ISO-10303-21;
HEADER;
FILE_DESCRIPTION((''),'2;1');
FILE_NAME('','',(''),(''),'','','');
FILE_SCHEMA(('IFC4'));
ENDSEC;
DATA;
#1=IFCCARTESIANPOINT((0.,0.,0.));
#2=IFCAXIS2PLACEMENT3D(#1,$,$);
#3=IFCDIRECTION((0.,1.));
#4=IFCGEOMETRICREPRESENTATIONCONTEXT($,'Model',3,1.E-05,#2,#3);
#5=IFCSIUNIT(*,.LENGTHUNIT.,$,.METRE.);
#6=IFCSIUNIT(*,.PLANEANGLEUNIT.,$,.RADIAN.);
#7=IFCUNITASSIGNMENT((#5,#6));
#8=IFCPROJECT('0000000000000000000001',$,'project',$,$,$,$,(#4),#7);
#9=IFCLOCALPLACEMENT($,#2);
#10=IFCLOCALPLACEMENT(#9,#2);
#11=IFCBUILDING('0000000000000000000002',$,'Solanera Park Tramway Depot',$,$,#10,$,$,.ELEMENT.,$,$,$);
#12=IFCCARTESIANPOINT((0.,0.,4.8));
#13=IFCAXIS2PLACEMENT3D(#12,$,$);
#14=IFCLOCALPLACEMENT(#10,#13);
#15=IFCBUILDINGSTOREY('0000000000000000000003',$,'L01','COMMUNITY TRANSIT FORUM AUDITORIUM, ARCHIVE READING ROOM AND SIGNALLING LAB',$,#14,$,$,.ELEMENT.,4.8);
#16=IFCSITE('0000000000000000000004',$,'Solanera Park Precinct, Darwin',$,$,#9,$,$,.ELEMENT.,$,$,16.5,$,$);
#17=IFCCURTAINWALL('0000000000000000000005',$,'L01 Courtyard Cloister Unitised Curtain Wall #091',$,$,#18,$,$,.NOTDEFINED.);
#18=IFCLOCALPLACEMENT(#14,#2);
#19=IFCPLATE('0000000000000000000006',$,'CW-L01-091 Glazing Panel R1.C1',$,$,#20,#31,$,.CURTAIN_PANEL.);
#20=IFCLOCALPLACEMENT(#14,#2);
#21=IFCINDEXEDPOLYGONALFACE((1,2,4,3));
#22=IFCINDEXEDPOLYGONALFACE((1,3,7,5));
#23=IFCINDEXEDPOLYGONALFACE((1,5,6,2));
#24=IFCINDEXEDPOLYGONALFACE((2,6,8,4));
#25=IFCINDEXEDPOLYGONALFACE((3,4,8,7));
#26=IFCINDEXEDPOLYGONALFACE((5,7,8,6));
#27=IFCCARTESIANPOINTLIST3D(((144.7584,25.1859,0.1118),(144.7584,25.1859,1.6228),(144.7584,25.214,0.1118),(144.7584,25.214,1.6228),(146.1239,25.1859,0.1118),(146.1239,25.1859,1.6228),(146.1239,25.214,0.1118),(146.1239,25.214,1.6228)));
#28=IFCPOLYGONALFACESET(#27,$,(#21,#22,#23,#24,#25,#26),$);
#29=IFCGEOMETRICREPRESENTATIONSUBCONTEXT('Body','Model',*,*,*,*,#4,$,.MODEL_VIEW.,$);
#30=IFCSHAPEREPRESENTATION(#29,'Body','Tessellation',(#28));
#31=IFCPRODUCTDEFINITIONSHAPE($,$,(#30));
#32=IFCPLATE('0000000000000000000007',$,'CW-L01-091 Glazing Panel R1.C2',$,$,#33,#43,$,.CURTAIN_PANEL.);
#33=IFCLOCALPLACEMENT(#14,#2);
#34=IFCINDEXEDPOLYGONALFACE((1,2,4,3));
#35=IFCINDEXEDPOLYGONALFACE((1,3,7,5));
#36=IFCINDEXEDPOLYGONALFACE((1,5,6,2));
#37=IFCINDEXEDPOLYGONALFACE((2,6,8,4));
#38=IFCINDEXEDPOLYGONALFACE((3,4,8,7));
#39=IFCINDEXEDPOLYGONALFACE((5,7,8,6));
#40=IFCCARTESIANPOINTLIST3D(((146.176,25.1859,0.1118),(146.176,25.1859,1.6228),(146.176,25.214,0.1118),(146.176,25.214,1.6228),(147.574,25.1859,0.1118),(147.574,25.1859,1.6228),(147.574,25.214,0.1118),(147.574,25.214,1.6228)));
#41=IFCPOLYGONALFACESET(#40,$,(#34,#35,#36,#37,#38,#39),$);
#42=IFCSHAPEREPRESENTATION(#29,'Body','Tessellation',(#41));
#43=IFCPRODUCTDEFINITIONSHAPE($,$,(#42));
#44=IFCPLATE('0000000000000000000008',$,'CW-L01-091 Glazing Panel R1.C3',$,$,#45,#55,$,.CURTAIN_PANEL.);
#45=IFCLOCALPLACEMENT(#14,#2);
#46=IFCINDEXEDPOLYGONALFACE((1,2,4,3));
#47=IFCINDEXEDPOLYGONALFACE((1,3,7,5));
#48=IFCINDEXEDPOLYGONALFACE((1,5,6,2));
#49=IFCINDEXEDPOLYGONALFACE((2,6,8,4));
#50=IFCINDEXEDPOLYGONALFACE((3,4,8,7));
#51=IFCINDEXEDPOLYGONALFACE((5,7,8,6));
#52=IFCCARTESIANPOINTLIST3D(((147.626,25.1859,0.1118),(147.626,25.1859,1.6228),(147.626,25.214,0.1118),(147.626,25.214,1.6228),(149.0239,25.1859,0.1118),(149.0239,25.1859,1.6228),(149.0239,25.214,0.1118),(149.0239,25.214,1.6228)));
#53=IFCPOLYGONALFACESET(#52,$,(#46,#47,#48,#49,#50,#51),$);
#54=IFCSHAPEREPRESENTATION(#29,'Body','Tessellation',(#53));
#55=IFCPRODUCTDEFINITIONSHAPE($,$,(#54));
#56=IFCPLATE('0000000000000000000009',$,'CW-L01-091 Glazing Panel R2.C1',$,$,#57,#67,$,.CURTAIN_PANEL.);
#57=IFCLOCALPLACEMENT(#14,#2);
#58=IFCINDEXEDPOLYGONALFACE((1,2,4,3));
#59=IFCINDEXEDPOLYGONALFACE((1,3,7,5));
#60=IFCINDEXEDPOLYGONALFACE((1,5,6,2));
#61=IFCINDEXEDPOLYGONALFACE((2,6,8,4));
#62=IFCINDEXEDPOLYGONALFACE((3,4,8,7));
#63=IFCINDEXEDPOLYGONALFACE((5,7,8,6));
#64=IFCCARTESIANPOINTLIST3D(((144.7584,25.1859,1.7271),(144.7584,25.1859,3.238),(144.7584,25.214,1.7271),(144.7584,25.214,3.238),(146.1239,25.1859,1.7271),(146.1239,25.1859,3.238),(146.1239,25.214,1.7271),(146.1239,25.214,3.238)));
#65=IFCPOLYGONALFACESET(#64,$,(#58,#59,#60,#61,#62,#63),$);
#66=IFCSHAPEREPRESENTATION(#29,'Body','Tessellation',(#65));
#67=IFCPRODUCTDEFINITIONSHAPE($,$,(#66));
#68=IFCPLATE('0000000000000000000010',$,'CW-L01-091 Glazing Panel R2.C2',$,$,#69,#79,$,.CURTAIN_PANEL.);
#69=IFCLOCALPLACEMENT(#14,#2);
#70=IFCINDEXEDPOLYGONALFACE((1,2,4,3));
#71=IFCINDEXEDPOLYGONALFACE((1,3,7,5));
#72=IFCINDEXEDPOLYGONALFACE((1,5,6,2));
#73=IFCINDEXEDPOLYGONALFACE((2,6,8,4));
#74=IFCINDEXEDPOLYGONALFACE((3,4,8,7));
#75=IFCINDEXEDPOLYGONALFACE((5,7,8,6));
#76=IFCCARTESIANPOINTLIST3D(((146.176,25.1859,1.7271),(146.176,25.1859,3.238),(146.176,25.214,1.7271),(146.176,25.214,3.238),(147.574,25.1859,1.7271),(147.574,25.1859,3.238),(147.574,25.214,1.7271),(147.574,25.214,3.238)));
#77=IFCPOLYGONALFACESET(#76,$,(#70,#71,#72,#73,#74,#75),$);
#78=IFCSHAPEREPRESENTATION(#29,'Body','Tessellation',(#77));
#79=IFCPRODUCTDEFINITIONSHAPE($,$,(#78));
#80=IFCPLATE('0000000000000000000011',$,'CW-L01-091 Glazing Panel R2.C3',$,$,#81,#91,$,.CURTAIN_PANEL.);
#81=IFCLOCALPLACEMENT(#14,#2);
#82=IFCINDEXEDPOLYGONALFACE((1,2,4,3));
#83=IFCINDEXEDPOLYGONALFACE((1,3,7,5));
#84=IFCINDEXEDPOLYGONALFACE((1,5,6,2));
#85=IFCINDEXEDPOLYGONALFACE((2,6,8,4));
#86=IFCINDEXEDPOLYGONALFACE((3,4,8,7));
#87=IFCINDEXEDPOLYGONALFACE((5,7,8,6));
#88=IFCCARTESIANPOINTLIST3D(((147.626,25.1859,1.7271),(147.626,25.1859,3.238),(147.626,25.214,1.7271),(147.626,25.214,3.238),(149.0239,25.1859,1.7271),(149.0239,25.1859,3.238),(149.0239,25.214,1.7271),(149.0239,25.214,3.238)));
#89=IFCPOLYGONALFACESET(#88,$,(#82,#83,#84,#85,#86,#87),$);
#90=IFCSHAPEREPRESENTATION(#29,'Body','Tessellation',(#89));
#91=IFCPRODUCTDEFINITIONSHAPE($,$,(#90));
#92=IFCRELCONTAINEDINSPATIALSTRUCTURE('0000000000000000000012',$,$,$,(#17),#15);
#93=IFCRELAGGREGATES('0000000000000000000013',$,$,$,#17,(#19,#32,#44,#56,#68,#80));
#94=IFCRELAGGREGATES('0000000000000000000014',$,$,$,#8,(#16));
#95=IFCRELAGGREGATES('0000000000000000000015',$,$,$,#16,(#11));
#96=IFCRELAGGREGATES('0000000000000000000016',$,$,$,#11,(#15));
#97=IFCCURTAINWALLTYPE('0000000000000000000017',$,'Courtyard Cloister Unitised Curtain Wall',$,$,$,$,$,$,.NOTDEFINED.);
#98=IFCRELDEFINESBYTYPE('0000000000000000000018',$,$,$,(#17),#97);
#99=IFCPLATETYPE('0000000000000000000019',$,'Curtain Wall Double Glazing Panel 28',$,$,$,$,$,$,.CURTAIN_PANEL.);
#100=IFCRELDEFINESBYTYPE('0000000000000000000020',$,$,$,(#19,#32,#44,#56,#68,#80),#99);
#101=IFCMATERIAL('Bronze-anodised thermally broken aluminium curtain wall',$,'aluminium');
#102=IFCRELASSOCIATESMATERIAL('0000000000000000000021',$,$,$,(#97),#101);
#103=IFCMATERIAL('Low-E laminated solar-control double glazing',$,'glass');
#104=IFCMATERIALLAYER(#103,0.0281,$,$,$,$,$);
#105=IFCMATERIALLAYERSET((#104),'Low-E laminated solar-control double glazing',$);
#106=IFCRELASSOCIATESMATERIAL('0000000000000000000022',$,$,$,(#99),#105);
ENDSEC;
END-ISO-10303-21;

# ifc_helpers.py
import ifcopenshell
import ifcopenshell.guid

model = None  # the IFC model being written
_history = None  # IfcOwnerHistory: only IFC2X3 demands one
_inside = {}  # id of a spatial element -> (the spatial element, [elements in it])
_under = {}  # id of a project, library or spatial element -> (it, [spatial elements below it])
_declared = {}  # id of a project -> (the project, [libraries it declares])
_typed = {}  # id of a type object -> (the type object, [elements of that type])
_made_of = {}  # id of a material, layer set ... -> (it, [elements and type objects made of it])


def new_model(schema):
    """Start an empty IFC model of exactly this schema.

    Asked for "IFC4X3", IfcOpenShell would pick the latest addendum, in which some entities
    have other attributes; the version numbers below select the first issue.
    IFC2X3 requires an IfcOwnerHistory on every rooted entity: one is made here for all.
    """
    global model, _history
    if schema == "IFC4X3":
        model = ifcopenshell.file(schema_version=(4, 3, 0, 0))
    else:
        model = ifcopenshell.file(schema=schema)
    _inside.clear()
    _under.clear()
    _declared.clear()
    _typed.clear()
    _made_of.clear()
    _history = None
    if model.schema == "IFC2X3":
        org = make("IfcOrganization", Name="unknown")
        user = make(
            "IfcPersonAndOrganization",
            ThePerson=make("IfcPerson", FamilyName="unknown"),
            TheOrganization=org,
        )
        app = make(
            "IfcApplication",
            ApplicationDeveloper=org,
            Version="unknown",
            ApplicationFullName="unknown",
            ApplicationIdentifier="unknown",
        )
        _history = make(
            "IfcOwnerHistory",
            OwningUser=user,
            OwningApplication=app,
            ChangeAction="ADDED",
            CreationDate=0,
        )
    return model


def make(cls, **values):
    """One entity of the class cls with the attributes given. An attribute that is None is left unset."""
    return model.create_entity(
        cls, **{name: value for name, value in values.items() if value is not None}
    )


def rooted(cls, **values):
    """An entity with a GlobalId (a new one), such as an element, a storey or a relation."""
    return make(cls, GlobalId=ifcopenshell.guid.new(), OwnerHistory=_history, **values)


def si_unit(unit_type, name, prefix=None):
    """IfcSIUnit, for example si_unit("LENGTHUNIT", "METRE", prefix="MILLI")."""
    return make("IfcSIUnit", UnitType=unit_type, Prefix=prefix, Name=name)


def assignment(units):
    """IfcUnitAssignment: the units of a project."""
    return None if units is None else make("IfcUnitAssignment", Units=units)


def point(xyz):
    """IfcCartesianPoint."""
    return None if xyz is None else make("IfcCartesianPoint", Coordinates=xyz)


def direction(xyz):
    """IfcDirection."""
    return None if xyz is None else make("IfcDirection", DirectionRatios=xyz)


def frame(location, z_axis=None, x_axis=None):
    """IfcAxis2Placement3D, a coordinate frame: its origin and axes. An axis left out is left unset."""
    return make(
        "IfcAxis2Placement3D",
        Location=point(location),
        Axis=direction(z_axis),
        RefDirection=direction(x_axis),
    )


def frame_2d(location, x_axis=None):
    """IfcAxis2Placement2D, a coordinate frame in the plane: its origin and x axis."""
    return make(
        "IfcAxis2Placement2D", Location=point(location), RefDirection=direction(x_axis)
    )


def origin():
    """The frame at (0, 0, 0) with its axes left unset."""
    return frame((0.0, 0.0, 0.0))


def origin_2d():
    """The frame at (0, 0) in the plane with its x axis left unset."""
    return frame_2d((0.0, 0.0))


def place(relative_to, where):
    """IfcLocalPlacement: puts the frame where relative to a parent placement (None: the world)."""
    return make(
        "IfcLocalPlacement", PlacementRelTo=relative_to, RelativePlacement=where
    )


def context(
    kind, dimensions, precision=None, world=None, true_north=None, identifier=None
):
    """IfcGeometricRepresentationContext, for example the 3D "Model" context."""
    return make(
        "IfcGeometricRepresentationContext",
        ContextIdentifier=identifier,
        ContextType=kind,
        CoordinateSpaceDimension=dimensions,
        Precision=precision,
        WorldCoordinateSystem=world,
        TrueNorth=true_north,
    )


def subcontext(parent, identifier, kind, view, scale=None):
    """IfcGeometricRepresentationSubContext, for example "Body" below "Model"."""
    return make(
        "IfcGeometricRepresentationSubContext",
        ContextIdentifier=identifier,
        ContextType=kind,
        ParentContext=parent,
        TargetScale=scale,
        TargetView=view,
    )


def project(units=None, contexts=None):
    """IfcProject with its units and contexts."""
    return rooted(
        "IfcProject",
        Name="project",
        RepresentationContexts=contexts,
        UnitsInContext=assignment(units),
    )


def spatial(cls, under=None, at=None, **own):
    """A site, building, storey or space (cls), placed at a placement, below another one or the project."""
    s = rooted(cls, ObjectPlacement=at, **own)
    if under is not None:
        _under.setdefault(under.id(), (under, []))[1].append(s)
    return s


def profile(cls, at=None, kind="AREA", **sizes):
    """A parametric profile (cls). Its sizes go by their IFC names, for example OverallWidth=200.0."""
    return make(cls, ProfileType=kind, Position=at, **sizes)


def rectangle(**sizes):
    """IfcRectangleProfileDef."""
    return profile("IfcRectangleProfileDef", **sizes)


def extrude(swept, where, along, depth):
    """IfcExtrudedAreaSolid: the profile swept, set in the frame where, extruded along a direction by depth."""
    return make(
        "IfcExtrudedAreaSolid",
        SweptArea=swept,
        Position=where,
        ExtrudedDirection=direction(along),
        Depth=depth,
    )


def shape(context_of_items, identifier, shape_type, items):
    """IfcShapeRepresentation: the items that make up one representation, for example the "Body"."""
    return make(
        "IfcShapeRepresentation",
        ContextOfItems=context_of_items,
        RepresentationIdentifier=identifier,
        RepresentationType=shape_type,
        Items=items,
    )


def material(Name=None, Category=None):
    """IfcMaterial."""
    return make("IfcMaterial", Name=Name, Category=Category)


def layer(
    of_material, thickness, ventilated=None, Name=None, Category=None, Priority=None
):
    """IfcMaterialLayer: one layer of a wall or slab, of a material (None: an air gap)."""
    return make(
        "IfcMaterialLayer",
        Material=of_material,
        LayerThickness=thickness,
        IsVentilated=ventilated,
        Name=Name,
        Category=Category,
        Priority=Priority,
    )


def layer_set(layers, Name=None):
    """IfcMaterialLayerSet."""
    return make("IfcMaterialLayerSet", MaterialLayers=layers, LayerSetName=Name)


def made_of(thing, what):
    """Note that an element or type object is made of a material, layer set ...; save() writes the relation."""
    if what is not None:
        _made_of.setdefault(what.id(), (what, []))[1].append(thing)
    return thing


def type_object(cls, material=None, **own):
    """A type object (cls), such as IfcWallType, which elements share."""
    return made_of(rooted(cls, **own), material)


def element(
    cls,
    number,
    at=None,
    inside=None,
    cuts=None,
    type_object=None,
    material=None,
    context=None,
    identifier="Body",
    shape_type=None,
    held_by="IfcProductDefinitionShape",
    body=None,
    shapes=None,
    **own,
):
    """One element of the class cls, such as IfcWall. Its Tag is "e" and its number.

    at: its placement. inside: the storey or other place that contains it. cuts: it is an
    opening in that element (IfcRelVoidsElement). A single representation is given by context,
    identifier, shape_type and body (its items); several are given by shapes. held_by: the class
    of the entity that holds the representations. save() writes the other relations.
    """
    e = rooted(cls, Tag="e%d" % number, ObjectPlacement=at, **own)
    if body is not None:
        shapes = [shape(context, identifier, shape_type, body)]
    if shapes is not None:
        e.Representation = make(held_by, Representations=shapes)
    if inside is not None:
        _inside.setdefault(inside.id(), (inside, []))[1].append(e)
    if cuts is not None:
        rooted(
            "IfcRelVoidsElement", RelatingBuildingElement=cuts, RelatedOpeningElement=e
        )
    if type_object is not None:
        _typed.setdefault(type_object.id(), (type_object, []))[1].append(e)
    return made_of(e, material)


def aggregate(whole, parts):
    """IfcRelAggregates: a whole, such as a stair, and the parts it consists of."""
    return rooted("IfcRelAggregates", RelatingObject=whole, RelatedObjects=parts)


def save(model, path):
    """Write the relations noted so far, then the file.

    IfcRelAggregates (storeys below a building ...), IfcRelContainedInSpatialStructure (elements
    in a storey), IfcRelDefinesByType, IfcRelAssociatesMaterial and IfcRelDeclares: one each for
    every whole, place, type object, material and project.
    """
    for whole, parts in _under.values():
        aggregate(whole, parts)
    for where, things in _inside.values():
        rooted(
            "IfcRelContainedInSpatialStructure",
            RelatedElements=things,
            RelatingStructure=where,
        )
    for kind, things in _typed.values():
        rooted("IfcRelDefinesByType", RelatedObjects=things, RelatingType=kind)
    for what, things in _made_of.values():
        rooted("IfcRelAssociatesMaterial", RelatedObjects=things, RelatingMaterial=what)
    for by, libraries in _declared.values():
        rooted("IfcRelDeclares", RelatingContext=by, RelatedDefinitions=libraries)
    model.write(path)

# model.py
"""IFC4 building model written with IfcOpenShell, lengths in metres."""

from ifc_helpers import new_model, si_unit, direction, frame, origin, origin_2d, place, context, subcontext, project, spatial, rectangle, extrude, material, layer, layer_set, type_object, element, aggregate, save


model = new_model("IFC4")

# Units and contexts
model_context = context("Model", 3, precision=1e-05, world=origin(), true_north=direction((0.0, 1.0)))
body_context = subcontext(model_context, "Body", "Model", "MODEL_VIEW")
ifc_project = project(units=[si_unit("LENGTHUNIT", "METRE"), si_unit("PLANEANGLEUNIT", "RADIAN")], contexts=[model_context])

# Site, building, storey
site_placement = place(None, origin())
site = spatial("IfcSite", under=ifc_project, at=site_placement, Name="Solanera Park Precinct, Darwin", CompositionType="ELEMENT", RefElevation=16.5)
building_placement = place(site_placement, origin())
building = spatial("IfcBuilding", under=site, at=building_placement, Name="Solanera Park Tramway Depot", CompositionType="ELEMENT")
storey_placement = place(building_placement, frame((0.0, 0.0, 4.8)))
storey = spatial("IfcBuildingStorey", under=building, at=storey_placement, Name="L01", Description="COMMUNITY TRANSIT FORUM AUDITORIUM, ARCHIVE READING ROOM AND SIGNALLING LAB", CompositionType="ELEMENT", Elevation=4.8)

# Curtain wall
ifc_material_1 = material(Name="Bronze-anodised thermally broken aluminium curtain wall", Category="aluminium")
curtain_wall_type = type_object("IfcCurtainWallType", Name="Courtyard Cloister Unitised Curtain Wall", PredefinedType="NOTDEFINED", material=ifc_material_1)
curtain_wall_1_placement = place(storey_placement, origin())
curtain_wall_1 = element("IfcCurtainWall", 1, at=curtain_wall_1_placement, inside=storey, type_object=curtain_wall_type, Name="L01 Courtyard Cloister Unitised Curtain Wall #091", PredefinedType="NOTDEFINED")

# Plates
ifc_material_2 = material(Name="Low-E laminated solar-control double glazing", Category="glass")
ifc_layer = layer(ifc_material_2, 0.0281)
ifc_layer_set = layer_set([ifc_layer], Name="Low-E laminated solar-control double glazing")
plate_type = type_object("IfcPlateType", Name="Curtain Wall Double Glazing Panel 28", PredefinedType="CURTAIN_PANEL", material=ifc_layer_set)
plate_1_placement = place(storey_placement, frame((145.4412, 25.2, 0.1118), z_axis=(0.0, 0.0, 1.0), x_axis=(1.0, 0.0, 0.0)))
plate_1 = element("IfcPlate", 2, at=plate_1_placement, type_object=plate_type, Name="CW-L01-091 Glazing Panel R1.C1", PredefinedType="CURTAIN_PANEL", context=body_context, shape_type="SweptSolid", body=[
    extrude(rectangle(XDim=1.3655, YDim=0.0281, at=origin_2d()), origin(), (0.0, 0.0, 1.0), 1.511),
])
plate_2_placement = place(storey_placement, frame((146.875, 25.2, 0.1118), z_axis=(0.0, 0.0, 1.0), x_axis=(1.0, 0.0, 0.0)))
plate_2 = element("IfcPlate", 3, at=plate_2_placement, type_object=plate_type, Name="CW-L01-091 Glazing Panel R1.C2", PredefinedType="CURTAIN_PANEL", context=body_context, shape_type="SweptSolid", body=[
    extrude(rectangle(XDim=1.3979, YDim=0.0281, at=origin_2d()), origin(), (0.0, 0.0, 1.0), 1.511),
])
plate_3_placement = place(storey_placement, frame((148.325, 25.2, 0.1118), z_axis=(0.0, 0.0, 1.0), x_axis=(1.0, 0.0, 0.0)))
plate_3 = element("IfcPlate", 4, at=plate_3_placement, type_object=plate_type, Name="CW-L01-091 Glazing Panel R1.C3", PredefinedType="CURTAIN_PANEL", context=body_context, shape_type="SweptSolid", body=[
    extrude(rectangle(XDim=1.3979, YDim=0.0281, at=origin_2d()), origin(), (0.0, 0.0, 1.0), 1.511),
])
plate_4_placement = place(storey_placement, frame((145.4412, 25.2, 1.7271), z_axis=(0.0, 0.0, 1.0), x_axis=(1.0, 0.0, 0.0)))
plate_4 = element("IfcPlate", 5, at=plate_4_placement, type_object=plate_type, Name="CW-L01-091 Glazing Panel R2.C1", PredefinedType="CURTAIN_PANEL", context=body_context, shape_type="SweptSolid", body=[
    extrude(rectangle(XDim=1.3655, YDim=0.0281, at=origin_2d()), origin(), (0.0, 0.0, 1.0), 1.511),
])
plate_5_placement = place(storey_placement, frame((146.875, 25.2, 1.7271), z_axis=(0.0, 0.0, 1.0), x_axis=(1.0, 0.0, 0.0)))
plate_5 = element("IfcPlate", 6, at=plate_5_placement, type_object=plate_type, Name="CW-L01-091 Glazing Panel R2.C2", PredefinedType="CURTAIN_PANEL", context=body_context, shape_type="SweptSolid", body=[
    extrude(rectangle(XDim=1.3979, YDim=0.0281, at=origin_2d()), origin(), (0.0, 0.0, 1.0), 1.511),
])
plate_6_placement = place(storey_placement, frame((148.325, 25.2, 1.7271), z_axis=(0.0, 0.0, 1.0), x_axis=(1.0, 0.0, 0.0)))
plate_6 = element("IfcPlate", 7, at=plate_6_placement, type_object=plate_type, Name="CW-L01-091 Glazing Panel R2.C3", PredefinedType="CURTAIN_PANEL", context=body_context, shape_type="SweptSolid", body=[
    extrude(rectangle(XDim=1.3979, YDim=0.0281, at=origin_2d()), origin(), (0.0, 0.0, 1.0), 1.511),
])
aggregate(curtain_wall_1, [plate_1, plate_2, plate_3, plate_4, plate_5, plate_6])

save(model, "model.ifc")
